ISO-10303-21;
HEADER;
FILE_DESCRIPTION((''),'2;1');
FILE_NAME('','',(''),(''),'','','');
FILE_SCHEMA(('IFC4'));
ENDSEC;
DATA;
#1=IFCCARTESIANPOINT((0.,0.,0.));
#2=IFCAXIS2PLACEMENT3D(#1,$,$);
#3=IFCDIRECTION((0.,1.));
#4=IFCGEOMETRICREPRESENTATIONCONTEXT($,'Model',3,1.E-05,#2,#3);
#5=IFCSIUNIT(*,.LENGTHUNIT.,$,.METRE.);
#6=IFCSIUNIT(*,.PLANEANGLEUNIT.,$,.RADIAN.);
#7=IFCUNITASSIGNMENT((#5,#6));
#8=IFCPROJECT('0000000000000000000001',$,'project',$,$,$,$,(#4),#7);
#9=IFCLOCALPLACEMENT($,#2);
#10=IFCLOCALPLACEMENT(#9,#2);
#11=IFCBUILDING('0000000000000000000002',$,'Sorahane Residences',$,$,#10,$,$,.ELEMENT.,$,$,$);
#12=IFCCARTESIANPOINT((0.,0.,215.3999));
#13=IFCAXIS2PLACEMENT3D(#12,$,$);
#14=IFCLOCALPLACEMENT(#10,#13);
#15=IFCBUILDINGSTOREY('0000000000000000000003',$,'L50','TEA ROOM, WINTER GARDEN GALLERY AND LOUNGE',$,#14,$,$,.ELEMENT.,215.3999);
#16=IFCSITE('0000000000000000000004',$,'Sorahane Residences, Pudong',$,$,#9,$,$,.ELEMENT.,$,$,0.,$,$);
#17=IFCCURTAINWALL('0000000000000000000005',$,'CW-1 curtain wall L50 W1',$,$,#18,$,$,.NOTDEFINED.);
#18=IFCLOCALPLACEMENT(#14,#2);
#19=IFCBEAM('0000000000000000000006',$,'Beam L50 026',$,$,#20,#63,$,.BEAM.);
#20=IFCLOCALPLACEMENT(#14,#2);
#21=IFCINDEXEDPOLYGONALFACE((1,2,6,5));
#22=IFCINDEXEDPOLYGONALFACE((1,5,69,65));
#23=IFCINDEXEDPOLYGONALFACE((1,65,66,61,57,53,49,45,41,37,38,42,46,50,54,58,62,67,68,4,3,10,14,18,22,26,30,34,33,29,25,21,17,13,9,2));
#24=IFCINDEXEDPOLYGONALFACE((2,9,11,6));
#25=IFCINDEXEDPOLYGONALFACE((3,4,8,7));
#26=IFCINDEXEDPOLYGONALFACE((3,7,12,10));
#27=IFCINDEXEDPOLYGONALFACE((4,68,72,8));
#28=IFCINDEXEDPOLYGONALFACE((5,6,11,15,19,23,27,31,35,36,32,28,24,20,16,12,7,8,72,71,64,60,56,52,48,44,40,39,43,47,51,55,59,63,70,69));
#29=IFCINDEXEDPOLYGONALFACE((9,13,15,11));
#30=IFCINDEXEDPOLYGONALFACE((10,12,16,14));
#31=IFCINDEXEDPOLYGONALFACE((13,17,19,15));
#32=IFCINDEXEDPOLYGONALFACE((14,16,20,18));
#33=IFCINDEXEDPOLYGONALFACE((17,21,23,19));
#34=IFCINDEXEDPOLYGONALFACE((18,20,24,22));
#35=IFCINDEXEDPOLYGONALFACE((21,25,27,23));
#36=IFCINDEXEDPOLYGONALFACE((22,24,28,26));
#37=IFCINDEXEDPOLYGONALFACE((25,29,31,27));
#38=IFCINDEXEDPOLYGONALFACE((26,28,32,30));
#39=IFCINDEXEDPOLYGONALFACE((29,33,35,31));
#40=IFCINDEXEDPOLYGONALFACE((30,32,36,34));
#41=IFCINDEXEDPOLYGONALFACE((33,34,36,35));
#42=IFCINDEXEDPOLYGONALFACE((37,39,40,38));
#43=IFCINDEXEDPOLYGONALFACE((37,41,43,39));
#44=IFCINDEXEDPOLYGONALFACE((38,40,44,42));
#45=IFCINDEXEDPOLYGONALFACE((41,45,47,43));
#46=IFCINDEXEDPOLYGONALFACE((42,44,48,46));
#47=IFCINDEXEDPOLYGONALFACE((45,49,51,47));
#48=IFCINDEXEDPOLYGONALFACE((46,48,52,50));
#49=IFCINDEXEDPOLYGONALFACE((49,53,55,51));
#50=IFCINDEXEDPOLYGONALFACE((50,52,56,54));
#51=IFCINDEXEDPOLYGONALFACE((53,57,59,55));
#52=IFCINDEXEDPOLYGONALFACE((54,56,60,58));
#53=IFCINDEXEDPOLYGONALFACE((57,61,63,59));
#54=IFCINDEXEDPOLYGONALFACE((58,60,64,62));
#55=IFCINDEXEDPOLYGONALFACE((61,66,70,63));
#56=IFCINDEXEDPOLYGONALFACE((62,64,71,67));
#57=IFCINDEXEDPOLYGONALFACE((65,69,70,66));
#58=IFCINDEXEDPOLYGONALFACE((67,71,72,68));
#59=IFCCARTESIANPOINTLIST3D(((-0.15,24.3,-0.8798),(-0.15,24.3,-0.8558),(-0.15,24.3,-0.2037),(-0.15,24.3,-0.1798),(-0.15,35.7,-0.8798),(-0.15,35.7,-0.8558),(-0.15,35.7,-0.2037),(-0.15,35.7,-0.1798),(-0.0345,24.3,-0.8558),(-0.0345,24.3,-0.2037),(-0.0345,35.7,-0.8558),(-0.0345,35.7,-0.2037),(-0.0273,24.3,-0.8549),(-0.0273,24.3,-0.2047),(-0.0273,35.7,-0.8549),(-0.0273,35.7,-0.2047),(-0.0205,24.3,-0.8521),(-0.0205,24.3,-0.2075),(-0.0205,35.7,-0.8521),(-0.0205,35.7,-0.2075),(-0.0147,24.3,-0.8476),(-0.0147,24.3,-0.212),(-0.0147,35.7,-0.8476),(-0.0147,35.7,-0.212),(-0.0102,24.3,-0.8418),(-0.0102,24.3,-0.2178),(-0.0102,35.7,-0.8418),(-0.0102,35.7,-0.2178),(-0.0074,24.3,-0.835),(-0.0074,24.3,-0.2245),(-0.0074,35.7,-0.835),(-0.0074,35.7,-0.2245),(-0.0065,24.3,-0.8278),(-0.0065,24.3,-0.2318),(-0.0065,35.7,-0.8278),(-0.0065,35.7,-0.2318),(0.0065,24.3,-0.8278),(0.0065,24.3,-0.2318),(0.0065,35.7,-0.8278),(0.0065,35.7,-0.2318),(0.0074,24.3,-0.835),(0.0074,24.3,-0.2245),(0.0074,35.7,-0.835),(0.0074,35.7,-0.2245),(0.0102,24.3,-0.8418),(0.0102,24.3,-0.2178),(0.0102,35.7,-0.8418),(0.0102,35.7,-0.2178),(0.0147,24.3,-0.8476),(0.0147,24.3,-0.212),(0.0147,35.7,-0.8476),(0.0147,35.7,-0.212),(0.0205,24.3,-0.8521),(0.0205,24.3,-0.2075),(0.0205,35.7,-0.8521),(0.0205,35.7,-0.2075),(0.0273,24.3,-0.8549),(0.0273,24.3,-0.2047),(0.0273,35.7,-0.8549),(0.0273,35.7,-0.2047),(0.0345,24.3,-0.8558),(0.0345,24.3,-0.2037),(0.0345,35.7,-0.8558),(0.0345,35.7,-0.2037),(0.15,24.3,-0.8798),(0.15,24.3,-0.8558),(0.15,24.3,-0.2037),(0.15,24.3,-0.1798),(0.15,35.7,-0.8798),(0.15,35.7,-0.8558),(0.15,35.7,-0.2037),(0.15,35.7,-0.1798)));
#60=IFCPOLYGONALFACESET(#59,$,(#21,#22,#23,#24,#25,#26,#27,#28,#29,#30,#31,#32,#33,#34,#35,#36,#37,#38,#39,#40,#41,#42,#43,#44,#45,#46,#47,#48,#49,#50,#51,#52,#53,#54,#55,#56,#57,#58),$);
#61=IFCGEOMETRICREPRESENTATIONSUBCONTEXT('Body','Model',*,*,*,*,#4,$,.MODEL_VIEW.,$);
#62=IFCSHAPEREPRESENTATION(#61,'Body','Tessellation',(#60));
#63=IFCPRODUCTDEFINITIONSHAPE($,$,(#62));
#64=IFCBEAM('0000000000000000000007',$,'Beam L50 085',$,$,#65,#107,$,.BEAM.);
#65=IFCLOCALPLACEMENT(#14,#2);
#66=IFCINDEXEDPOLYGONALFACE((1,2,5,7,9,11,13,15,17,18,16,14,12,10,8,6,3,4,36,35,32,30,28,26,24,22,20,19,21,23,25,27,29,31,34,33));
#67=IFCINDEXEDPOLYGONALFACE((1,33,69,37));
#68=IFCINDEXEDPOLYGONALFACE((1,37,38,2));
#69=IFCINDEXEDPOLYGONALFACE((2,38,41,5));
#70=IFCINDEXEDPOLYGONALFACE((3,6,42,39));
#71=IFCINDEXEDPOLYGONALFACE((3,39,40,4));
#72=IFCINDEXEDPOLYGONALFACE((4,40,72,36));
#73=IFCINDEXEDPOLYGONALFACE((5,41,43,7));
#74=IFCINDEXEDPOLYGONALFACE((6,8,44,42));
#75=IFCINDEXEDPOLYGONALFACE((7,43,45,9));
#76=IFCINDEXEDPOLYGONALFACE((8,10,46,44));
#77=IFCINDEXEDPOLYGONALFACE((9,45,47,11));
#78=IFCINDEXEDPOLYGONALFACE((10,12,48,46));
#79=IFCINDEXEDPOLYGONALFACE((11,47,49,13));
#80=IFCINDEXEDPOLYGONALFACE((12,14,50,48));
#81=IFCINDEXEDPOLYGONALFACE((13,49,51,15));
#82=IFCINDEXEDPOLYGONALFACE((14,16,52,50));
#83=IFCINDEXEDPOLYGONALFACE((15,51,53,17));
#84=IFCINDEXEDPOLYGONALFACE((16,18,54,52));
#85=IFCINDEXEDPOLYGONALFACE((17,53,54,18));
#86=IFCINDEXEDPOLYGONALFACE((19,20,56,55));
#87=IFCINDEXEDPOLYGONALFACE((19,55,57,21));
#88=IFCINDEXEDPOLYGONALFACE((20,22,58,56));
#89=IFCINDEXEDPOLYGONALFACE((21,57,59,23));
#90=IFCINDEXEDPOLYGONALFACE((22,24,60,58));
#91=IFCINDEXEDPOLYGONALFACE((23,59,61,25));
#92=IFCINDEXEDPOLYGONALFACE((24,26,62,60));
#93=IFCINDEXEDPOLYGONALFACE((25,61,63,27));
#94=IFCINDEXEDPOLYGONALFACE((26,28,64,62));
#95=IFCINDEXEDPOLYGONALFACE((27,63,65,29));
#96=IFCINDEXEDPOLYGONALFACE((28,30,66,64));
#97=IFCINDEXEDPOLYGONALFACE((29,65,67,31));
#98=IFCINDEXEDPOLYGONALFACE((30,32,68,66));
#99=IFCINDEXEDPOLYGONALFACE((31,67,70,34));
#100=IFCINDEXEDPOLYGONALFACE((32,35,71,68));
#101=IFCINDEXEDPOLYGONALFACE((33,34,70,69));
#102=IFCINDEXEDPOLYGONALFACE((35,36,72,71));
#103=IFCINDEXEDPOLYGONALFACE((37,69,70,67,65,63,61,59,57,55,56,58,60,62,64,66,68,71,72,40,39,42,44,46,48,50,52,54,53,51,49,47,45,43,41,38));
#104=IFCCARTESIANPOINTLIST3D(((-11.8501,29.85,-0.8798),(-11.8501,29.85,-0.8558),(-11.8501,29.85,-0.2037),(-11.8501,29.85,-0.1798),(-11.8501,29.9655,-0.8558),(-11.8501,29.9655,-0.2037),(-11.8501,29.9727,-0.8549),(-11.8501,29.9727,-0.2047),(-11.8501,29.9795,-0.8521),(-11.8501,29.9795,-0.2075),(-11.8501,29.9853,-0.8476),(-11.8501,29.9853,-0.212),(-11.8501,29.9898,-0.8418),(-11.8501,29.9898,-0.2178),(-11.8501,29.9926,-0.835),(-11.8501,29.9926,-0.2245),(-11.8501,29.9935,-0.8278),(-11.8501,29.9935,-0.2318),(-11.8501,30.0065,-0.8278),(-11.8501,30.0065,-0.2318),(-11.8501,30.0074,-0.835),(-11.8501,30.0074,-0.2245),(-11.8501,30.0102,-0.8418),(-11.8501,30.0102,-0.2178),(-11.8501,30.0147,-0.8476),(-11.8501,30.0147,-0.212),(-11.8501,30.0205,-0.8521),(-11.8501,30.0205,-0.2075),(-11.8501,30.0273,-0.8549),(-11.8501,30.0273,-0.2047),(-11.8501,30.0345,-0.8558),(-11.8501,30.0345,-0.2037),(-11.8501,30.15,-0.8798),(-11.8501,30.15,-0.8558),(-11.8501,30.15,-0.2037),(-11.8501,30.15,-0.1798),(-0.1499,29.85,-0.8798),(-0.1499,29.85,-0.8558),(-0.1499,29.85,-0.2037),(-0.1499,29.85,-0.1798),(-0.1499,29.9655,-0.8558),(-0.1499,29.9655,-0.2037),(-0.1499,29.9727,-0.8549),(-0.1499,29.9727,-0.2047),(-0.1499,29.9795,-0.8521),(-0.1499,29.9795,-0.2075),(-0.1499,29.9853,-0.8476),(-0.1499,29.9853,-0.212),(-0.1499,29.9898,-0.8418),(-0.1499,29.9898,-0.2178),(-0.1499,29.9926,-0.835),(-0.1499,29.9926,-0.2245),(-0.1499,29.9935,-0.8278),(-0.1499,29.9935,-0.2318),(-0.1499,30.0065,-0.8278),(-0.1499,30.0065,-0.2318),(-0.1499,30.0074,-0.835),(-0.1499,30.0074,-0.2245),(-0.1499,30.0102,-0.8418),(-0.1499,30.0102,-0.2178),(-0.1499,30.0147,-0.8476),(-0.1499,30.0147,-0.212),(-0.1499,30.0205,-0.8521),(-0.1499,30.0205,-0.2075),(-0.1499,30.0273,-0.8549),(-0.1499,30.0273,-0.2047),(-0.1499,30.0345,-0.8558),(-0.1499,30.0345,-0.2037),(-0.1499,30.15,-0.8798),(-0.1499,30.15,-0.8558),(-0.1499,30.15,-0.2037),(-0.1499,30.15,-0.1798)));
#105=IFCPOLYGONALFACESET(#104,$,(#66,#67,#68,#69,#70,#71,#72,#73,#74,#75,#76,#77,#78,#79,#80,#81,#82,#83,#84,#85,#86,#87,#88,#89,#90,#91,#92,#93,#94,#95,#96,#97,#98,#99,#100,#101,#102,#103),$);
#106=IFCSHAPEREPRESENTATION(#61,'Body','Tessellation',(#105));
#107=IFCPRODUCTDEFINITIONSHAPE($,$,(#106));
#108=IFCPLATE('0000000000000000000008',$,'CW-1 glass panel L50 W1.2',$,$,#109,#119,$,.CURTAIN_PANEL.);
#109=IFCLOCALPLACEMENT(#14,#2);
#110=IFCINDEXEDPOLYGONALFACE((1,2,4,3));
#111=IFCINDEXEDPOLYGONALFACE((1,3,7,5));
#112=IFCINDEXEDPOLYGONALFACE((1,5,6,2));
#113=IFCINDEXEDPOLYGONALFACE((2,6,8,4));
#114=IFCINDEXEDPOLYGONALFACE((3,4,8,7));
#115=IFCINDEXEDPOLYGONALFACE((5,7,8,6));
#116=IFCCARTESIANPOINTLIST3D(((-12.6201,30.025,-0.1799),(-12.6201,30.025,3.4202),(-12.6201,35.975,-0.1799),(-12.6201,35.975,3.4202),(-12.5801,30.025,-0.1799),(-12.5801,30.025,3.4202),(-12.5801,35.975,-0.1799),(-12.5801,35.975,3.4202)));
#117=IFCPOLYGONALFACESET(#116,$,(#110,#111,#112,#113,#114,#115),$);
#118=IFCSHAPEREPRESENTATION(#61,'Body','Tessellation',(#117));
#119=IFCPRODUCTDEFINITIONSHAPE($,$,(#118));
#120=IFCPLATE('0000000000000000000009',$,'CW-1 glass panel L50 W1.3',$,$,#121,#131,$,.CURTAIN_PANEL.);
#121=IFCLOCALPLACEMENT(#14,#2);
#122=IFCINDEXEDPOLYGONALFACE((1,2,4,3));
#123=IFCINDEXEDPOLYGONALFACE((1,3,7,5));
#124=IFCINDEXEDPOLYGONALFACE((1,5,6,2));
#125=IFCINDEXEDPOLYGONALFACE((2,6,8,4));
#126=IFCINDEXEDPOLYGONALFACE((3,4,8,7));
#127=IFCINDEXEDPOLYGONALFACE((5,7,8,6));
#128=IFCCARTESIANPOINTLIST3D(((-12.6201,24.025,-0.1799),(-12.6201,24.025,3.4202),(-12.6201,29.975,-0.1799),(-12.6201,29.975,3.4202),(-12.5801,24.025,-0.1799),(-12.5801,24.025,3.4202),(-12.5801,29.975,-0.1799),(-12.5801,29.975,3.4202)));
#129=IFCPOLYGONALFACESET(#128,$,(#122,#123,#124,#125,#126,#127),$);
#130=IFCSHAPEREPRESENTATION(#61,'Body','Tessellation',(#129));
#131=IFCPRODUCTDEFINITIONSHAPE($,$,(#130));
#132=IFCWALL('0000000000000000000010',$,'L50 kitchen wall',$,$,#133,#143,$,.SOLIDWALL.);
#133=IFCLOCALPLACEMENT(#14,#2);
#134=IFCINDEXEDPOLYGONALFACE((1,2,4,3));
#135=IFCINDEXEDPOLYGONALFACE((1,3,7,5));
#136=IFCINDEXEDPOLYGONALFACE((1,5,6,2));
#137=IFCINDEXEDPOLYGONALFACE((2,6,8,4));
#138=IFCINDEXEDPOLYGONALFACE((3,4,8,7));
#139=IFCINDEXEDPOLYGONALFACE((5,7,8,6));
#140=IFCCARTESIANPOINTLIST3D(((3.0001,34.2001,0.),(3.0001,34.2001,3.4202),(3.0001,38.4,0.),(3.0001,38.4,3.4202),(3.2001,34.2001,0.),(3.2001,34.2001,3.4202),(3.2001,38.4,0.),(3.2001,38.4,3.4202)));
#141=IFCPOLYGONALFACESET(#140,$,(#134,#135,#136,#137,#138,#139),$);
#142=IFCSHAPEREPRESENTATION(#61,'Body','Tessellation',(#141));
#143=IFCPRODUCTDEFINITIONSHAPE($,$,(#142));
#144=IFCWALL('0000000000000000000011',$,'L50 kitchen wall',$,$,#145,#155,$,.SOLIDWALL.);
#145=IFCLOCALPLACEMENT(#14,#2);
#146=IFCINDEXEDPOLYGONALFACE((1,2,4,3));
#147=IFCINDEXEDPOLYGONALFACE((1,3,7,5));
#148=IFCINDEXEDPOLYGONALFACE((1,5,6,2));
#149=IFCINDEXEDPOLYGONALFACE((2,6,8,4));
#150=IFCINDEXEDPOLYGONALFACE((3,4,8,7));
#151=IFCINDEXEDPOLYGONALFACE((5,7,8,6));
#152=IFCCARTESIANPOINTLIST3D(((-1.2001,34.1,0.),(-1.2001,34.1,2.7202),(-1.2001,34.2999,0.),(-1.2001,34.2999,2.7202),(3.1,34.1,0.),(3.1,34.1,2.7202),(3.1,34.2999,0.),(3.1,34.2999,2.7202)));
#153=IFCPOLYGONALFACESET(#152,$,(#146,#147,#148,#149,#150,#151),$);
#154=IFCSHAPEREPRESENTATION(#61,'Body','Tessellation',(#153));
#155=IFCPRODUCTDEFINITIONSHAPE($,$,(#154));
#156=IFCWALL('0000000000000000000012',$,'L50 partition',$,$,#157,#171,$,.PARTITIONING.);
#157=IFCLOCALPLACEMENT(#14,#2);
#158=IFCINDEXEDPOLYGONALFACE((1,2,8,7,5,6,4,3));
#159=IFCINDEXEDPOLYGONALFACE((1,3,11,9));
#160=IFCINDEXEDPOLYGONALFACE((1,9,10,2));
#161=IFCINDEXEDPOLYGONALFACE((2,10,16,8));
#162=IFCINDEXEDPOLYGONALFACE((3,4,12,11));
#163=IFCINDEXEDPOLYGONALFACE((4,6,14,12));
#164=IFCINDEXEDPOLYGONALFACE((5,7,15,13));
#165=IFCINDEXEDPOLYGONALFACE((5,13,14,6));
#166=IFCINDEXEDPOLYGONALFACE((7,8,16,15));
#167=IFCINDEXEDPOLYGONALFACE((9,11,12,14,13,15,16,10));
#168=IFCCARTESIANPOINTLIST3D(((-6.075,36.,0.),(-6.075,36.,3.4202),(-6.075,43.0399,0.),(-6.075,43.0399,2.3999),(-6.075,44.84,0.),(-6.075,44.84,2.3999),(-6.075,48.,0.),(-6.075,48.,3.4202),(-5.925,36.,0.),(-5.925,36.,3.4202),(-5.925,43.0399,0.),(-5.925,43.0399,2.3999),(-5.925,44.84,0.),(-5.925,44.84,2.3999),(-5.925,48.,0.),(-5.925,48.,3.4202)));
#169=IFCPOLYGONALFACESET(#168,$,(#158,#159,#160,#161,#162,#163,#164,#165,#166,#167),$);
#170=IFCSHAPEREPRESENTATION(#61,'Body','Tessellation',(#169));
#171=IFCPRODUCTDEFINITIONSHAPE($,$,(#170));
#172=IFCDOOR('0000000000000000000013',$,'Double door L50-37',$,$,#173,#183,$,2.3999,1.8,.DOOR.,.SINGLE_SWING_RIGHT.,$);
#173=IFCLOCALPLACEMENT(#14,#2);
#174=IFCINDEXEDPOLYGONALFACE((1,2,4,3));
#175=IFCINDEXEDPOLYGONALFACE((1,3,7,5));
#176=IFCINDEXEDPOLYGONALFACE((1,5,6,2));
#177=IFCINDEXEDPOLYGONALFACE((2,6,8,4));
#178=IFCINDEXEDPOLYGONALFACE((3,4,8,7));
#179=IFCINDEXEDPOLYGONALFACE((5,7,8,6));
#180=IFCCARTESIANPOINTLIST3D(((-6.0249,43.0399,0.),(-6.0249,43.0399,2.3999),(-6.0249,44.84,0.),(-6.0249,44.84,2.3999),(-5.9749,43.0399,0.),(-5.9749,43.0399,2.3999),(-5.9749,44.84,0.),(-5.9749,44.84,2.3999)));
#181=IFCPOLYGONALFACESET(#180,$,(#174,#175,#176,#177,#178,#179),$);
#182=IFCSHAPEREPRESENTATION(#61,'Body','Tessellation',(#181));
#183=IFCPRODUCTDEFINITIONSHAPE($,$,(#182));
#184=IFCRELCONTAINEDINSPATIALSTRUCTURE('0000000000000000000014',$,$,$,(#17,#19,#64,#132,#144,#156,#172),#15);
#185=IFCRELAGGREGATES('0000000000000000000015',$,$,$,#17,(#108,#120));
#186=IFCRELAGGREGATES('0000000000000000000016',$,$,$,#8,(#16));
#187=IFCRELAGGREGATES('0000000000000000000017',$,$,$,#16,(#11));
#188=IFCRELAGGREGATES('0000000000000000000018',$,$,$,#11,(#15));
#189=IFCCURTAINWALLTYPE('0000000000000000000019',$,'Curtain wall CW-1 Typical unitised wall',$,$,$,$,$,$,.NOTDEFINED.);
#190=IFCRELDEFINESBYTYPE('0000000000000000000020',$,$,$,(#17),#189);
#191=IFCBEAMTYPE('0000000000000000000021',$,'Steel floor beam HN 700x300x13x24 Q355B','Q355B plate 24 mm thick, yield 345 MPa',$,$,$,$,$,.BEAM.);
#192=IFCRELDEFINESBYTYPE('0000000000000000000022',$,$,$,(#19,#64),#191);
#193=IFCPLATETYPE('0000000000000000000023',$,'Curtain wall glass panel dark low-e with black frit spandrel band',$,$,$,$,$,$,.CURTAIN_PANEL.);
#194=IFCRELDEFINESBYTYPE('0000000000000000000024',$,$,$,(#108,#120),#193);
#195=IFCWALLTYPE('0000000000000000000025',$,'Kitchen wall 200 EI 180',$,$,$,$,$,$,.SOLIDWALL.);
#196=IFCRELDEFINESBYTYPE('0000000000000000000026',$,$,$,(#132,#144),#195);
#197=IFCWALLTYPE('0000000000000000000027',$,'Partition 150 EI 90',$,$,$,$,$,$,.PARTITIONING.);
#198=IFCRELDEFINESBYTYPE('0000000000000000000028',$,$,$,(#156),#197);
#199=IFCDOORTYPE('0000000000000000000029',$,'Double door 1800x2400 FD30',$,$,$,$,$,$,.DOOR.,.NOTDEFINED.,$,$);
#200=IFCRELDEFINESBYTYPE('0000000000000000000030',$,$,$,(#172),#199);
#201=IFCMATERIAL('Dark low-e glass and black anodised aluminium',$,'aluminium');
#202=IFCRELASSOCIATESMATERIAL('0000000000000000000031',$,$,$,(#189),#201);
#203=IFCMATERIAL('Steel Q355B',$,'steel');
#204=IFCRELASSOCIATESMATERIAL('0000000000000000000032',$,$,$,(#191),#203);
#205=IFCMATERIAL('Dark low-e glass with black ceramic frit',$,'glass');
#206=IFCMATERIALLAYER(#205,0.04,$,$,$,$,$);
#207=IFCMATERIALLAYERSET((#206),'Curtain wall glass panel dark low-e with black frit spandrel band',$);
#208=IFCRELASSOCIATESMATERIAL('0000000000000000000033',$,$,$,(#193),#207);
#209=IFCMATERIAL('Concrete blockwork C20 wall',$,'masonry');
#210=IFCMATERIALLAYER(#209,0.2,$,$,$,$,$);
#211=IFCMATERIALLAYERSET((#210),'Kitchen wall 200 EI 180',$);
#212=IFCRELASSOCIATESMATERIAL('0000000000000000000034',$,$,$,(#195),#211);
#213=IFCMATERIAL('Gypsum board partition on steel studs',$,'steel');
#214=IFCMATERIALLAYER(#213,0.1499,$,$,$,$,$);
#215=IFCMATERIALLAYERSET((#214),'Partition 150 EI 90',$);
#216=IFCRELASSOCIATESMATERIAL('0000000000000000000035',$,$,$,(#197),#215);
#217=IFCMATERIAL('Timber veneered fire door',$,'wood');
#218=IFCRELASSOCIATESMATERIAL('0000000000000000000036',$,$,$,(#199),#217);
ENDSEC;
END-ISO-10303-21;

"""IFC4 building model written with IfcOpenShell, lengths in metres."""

from ifc_helpers import new_model, si_unit, direction, frame, frame_2d, origin, origin_2d, place, context, subcontext, project, spatial, rectangle, i_section, extrude, material, layer, layer_set, material_profile, profile_set, type_object, element, fill, aggregate, save


model = new_model("IFC4")

# Units and contexts
model_context = context("Model", 3, precision=1e-05, world=origin(), true_north=direction((0.0, 1.0)))
body_context = subcontext(model_context, "Body", "Model", "MODEL_VIEW")
ifc_project = project(units=[si_unit("LENGTHUNIT", "METRE"), si_unit("PLANEANGLEUNIT", "RADIAN")], contexts=[model_context])

# Site, building, storey
site_placement = place(None, origin())
site = spatial("IfcSite", under=ifc_project, at=site_placement, Name="Sorahane Residences, Pudong", CompositionType="ELEMENT", RefElevation=0.0)
building_placement = place(site_placement, origin())
building = spatial("IfcBuilding", under=site, at=building_placement, Name="Sorahane Residences", CompositionType="ELEMENT")
storey_placement = place(building_placement, frame((0.0, 0.0, 215.3999)))
storey = spatial("IfcBuildingStorey", under=building, at=storey_placement, Name="L50", Description="TEA ROOM, WINTER GARDEN GALLERY AND LOUNGE", CompositionType="ELEMENT", Elevation=215.3999)

# Curtain wall
ifc_material_1 = material(Name="Dark low-e glass and black anodised aluminium", Category="aluminium")
curtain_wall_type = type_object("IfcCurtainWallType", Name="Curtain wall CW-1 Typical unitised wall", PredefinedType="NOTDEFINED", material=ifc_material_1)
curtain_wall_placement = place(storey_placement, origin())
curtain_wall = element("IfcCurtainWall", 1, at=curtain_wall_placement, inside=storey, type_object=curtain_wall_type, Name="CW-1 curtain wall L50 W1", PredefinedType="NOTDEFINED")

# Beams
ifc_material_2 = material(Name="Steel Q355B", Category="steel")
ifc_material_profile_1 = material_profile(ifc_material_2, i_section(OverallWidth=0.3, OverallDepth=0.7, WebThickness=0.0129, FlangeThickness=0.0239, FilletRadius=0.0281, at=origin_2d()), Name="HN 700x300x13x24")
ifc_profile_set_1 = profile_set([ifc_material_profile_1], Name="Steel Q355B")
beam_type_1 = type_object("IfcBeamType", Name="Steel floor beam HN 700x300x13x24 Q355B", Description="Q355B plate 24 mm thick, yield 345 MPa", PredefinedType="BEAM", material=ifc_profile_set_1)
beam_1_placement = place(storey_placement, frame((0.0, 24.3, -0.5298), z_axis=(0.0, 1.0, 0.0), x_axis=(-1.0, 0.0, 0.0)))
element("IfcBeam", 2, at=beam_1_placement, inside=storey, type_object=beam_type_1, Name="Beam L50 026", PredefinedType="BEAM", context=body_context, shape_type="SweptSolid", body=[
    extrude(i_section(OverallWidth=0.3, OverallDepth=0.7, WebThickness=0.0129, FlangeThickness=0.0239, FilletRadius=0.0281, at=origin_2d()), origin(), (0.0, 0.0, 1.0), 11.3999),
])
beam_2_placement = place(storey_placement, frame((-11.8501, 30.0, -0.5298), z_axis=(1.0, 0.0, 0.0), x_axis=(0.0, 1.0, 0.0)))
element("IfcBeam", 3, at=beam_2_placement, inside=storey, type_object=beam_type_1, Name="Beam L50 085", PredefinedType="BEAM", context=body_context, shape_type="SweptSolid", body=[
    extrude(i_section(OverallWidth=0.3, OverallDepth=0.7, WebThickness=0.0129, FlangeThickness=0.0239, FilletRadius=0.0281, at=origin_2d()), origin(), (0.0, 0.0, 1.0), 11.7002),
])

# Plates
ifc_material_3 = material(Name="Dark low-e glass with black ceramic frit", Category="glass")
ifc_layer_1 = layer(ifc_material_3, 0.04)
ifc_layer_set_1 = layer_set([ifc_layer_1], Name="Curtain wall glass panel dark low-e with black frit spandrel band")
plate_type = type_object("IfcPlateType", Name="Curtain wall glass panel dark low-e with black frit spandrel band", PredefinedType="CURTAIN_PANEL", material=ifc_layer_set_1)
plate_1_placement = place(storey_placement, frame((-12.6001, 33.0, -0.1799), z_axis=(0.0, 0.0, 1.0), x_axis=(0.0, -1.0, 0.0)))
plate_1 = element("IfcPlate", 4, at=plate_1_placement, type_object=plate_type, Name="CW-1 glass panel L50 W1.2", PredefinedType="CURTAIN_PANEL", context=body_context, shape_type="SweptSolid", body=[
    extrude(rectangle(XDim=5.95, YDim=0.04, at=origin_2d()), origin(), (0.0, 0.0, 1.0), 3.6001),
])
plate_2_placement = place(storey_placement, frame((-12.6001, 27.0, -0.1799), z_axis=(0.0, 0.0, 1.0), x_axis=(0.0, -1.0, 0.0)))
plate_2 = element("IfcPlate", 5, at=plate_2_placement, type_object=plate_type, Name="CW-1 glass panel L50 W1.3", PredefinedType="CURTAIN_PANEL", context=body_context, shape_type="SweptSolid", body=[
    extrude(rectangle(XDim=5.95, YDim=0.04, at=origin_2d()), origin(), (0.0, 0.0, 1.0), 3.6001),
])
aggregate(curtain_wall, [plate_1, plate_2])

# Shared definitions
ifc_material_4 = material(Name="Concrete blockwork C20 wall", Category="masonry")
ifc_layer_2 = layer(ifc_material_4, 0.2)
ifc_layer_set_2 = layer_set([ifc_layer_2], Name="Kitchen wall 200 EI 180")
wall_type_1 = type_object("IfcWallType", Name="Kitchen wall 200 EI 180", PredefinedType="SOLIDWALL", material=ifc_layer_set_2)

# Walls
wall_1_placement = place(storey_placement, frame((3.1001, 34.2, 0.0), z_axis=(0.0, 0.0, 1.0), x_axis=(0.0, 1.0, 0.0)))
element("IfcWall", 6, at=wall_1_placement, inside=storey, type_object=wall_type_1, Name="L50 kitchen wall", PredefinedType="SOLIDWALL", context=body_context, shape_type="SweptSolid", body=[
    extrude(rectangle(XDim=4.2, YDim=0.2, at=frame_2d((2.1001, 0.0))), origin(), (0.0, 0.0, 1.0), 3.4202),
])
wall_2_placement = place(storey_placement, frame((-1.2, 34.2, 0.0), z_axis=(0.0, 0.0, 1.0), x_axis=(1.0, 0.0, 0.0)))
element("IfcWall", 7, at=wall_2_placement, inside=storey, type_object=wall_type_1, Name="L50 kitchen wall", PredefinedType="SOLIDWALL", context=body_context, shape_type="SweptSolid", body=[
    extrude(rectangle(XDim=4.3, YDim=0.2, at=frame_2d((2.1499, 0.0))), origin(), (0.0, 0.0, 1.0), 2.7202),
])

# Wall, opening, door
ifc_material_5 = material(Name="Gypsum board partition on steel studs", Category="steel")
ifc_layer_3 = layer(ifc_material_5, 0.1499)
ifc_layer_set_3 = layer_set([ifc_layer_3], Name="Partition 150 EI 90")
wall_type_2 = type_object("IfcWallType", Name="Partition 150 EI 90", PredefinedType="PARTITIONING", material=ifc_layer_set_3)
wall_3_placement = place(storey_placement, frame((-6.0, 36.0, 0.0), z_axis=(0.0, 0.0, 1.0), x_axis=(0.0, 1.0, 0.0)))
wall_3 = element("IfcWall", 8, at=wall_3_placement, inside=storey, type_object=wall_type_2, Name="L50 partition", PredefinedType="PARTITIONING", context=body_context, shape_type="SweptSolid", body=[
    extrude(rectangle(XDim=12.0, YDim=0.1499, at=frame_2d((6.0, 0.0))), origin(), (0.0, 0.0, 1.0), 3.4202),
])
opening_1_placement = place(wall_3_placement, frame((7.04, 0.0, 0.0)))
opening_1 = element("IfcOpeningElement", 9, at=opening_1_placement, cuts=wall_3, PredefinedType="OPENING", context=body_context, shape_type="SweptSolid", body=[
    extrude(rectangle(XDim=1.8, YDim=2.3999, at=frame_2d((0.8999, 1.2))), frame((0.0, 0.085, 0.0), z_axis=(0.0, -1.0, 0.0), x_axis=(1.0, 0.0, 0.0)), (0.0, 0.0, 1.0), 0.1699),
])
ifc_material_6 = material(Name="Timber veneered fire door", Category="wood")
door_type_1 = type_object("IfcDoorType", Name="Double door 1800x2400 FD30", OperationType="NOTDEFINED", PredefinedType="DOOR", material=ifc_material_6)
door_1_placement = place(opening_1_placement, origin())
door_1 = element("IfcDoor", 10, at=door_1_placement, inside=storey, type_object=door_type_1, Name="Double door L50-37", OperationType="SINGLE_SWING_RIGHT", OverallHeight=2.3999, OverallWidth=1.8, PredefinedType="DOOR", context=body_context, shape_type="SweptSolid", body=[
    extrude(rectangle(XDim=1.8, YDim=2.3999, at=frame_2d((0.8999, 1.2))), frame((0.0, 0.0249, 0.0), z_axis=(0.0, -1.0, 0.0), x_axis=(1.0, 0.0, 0.0)), (0.0, 0.0, 1.0), 0.05),
])
fill(opening_1, door_1)

save(model, "model.ifc")
